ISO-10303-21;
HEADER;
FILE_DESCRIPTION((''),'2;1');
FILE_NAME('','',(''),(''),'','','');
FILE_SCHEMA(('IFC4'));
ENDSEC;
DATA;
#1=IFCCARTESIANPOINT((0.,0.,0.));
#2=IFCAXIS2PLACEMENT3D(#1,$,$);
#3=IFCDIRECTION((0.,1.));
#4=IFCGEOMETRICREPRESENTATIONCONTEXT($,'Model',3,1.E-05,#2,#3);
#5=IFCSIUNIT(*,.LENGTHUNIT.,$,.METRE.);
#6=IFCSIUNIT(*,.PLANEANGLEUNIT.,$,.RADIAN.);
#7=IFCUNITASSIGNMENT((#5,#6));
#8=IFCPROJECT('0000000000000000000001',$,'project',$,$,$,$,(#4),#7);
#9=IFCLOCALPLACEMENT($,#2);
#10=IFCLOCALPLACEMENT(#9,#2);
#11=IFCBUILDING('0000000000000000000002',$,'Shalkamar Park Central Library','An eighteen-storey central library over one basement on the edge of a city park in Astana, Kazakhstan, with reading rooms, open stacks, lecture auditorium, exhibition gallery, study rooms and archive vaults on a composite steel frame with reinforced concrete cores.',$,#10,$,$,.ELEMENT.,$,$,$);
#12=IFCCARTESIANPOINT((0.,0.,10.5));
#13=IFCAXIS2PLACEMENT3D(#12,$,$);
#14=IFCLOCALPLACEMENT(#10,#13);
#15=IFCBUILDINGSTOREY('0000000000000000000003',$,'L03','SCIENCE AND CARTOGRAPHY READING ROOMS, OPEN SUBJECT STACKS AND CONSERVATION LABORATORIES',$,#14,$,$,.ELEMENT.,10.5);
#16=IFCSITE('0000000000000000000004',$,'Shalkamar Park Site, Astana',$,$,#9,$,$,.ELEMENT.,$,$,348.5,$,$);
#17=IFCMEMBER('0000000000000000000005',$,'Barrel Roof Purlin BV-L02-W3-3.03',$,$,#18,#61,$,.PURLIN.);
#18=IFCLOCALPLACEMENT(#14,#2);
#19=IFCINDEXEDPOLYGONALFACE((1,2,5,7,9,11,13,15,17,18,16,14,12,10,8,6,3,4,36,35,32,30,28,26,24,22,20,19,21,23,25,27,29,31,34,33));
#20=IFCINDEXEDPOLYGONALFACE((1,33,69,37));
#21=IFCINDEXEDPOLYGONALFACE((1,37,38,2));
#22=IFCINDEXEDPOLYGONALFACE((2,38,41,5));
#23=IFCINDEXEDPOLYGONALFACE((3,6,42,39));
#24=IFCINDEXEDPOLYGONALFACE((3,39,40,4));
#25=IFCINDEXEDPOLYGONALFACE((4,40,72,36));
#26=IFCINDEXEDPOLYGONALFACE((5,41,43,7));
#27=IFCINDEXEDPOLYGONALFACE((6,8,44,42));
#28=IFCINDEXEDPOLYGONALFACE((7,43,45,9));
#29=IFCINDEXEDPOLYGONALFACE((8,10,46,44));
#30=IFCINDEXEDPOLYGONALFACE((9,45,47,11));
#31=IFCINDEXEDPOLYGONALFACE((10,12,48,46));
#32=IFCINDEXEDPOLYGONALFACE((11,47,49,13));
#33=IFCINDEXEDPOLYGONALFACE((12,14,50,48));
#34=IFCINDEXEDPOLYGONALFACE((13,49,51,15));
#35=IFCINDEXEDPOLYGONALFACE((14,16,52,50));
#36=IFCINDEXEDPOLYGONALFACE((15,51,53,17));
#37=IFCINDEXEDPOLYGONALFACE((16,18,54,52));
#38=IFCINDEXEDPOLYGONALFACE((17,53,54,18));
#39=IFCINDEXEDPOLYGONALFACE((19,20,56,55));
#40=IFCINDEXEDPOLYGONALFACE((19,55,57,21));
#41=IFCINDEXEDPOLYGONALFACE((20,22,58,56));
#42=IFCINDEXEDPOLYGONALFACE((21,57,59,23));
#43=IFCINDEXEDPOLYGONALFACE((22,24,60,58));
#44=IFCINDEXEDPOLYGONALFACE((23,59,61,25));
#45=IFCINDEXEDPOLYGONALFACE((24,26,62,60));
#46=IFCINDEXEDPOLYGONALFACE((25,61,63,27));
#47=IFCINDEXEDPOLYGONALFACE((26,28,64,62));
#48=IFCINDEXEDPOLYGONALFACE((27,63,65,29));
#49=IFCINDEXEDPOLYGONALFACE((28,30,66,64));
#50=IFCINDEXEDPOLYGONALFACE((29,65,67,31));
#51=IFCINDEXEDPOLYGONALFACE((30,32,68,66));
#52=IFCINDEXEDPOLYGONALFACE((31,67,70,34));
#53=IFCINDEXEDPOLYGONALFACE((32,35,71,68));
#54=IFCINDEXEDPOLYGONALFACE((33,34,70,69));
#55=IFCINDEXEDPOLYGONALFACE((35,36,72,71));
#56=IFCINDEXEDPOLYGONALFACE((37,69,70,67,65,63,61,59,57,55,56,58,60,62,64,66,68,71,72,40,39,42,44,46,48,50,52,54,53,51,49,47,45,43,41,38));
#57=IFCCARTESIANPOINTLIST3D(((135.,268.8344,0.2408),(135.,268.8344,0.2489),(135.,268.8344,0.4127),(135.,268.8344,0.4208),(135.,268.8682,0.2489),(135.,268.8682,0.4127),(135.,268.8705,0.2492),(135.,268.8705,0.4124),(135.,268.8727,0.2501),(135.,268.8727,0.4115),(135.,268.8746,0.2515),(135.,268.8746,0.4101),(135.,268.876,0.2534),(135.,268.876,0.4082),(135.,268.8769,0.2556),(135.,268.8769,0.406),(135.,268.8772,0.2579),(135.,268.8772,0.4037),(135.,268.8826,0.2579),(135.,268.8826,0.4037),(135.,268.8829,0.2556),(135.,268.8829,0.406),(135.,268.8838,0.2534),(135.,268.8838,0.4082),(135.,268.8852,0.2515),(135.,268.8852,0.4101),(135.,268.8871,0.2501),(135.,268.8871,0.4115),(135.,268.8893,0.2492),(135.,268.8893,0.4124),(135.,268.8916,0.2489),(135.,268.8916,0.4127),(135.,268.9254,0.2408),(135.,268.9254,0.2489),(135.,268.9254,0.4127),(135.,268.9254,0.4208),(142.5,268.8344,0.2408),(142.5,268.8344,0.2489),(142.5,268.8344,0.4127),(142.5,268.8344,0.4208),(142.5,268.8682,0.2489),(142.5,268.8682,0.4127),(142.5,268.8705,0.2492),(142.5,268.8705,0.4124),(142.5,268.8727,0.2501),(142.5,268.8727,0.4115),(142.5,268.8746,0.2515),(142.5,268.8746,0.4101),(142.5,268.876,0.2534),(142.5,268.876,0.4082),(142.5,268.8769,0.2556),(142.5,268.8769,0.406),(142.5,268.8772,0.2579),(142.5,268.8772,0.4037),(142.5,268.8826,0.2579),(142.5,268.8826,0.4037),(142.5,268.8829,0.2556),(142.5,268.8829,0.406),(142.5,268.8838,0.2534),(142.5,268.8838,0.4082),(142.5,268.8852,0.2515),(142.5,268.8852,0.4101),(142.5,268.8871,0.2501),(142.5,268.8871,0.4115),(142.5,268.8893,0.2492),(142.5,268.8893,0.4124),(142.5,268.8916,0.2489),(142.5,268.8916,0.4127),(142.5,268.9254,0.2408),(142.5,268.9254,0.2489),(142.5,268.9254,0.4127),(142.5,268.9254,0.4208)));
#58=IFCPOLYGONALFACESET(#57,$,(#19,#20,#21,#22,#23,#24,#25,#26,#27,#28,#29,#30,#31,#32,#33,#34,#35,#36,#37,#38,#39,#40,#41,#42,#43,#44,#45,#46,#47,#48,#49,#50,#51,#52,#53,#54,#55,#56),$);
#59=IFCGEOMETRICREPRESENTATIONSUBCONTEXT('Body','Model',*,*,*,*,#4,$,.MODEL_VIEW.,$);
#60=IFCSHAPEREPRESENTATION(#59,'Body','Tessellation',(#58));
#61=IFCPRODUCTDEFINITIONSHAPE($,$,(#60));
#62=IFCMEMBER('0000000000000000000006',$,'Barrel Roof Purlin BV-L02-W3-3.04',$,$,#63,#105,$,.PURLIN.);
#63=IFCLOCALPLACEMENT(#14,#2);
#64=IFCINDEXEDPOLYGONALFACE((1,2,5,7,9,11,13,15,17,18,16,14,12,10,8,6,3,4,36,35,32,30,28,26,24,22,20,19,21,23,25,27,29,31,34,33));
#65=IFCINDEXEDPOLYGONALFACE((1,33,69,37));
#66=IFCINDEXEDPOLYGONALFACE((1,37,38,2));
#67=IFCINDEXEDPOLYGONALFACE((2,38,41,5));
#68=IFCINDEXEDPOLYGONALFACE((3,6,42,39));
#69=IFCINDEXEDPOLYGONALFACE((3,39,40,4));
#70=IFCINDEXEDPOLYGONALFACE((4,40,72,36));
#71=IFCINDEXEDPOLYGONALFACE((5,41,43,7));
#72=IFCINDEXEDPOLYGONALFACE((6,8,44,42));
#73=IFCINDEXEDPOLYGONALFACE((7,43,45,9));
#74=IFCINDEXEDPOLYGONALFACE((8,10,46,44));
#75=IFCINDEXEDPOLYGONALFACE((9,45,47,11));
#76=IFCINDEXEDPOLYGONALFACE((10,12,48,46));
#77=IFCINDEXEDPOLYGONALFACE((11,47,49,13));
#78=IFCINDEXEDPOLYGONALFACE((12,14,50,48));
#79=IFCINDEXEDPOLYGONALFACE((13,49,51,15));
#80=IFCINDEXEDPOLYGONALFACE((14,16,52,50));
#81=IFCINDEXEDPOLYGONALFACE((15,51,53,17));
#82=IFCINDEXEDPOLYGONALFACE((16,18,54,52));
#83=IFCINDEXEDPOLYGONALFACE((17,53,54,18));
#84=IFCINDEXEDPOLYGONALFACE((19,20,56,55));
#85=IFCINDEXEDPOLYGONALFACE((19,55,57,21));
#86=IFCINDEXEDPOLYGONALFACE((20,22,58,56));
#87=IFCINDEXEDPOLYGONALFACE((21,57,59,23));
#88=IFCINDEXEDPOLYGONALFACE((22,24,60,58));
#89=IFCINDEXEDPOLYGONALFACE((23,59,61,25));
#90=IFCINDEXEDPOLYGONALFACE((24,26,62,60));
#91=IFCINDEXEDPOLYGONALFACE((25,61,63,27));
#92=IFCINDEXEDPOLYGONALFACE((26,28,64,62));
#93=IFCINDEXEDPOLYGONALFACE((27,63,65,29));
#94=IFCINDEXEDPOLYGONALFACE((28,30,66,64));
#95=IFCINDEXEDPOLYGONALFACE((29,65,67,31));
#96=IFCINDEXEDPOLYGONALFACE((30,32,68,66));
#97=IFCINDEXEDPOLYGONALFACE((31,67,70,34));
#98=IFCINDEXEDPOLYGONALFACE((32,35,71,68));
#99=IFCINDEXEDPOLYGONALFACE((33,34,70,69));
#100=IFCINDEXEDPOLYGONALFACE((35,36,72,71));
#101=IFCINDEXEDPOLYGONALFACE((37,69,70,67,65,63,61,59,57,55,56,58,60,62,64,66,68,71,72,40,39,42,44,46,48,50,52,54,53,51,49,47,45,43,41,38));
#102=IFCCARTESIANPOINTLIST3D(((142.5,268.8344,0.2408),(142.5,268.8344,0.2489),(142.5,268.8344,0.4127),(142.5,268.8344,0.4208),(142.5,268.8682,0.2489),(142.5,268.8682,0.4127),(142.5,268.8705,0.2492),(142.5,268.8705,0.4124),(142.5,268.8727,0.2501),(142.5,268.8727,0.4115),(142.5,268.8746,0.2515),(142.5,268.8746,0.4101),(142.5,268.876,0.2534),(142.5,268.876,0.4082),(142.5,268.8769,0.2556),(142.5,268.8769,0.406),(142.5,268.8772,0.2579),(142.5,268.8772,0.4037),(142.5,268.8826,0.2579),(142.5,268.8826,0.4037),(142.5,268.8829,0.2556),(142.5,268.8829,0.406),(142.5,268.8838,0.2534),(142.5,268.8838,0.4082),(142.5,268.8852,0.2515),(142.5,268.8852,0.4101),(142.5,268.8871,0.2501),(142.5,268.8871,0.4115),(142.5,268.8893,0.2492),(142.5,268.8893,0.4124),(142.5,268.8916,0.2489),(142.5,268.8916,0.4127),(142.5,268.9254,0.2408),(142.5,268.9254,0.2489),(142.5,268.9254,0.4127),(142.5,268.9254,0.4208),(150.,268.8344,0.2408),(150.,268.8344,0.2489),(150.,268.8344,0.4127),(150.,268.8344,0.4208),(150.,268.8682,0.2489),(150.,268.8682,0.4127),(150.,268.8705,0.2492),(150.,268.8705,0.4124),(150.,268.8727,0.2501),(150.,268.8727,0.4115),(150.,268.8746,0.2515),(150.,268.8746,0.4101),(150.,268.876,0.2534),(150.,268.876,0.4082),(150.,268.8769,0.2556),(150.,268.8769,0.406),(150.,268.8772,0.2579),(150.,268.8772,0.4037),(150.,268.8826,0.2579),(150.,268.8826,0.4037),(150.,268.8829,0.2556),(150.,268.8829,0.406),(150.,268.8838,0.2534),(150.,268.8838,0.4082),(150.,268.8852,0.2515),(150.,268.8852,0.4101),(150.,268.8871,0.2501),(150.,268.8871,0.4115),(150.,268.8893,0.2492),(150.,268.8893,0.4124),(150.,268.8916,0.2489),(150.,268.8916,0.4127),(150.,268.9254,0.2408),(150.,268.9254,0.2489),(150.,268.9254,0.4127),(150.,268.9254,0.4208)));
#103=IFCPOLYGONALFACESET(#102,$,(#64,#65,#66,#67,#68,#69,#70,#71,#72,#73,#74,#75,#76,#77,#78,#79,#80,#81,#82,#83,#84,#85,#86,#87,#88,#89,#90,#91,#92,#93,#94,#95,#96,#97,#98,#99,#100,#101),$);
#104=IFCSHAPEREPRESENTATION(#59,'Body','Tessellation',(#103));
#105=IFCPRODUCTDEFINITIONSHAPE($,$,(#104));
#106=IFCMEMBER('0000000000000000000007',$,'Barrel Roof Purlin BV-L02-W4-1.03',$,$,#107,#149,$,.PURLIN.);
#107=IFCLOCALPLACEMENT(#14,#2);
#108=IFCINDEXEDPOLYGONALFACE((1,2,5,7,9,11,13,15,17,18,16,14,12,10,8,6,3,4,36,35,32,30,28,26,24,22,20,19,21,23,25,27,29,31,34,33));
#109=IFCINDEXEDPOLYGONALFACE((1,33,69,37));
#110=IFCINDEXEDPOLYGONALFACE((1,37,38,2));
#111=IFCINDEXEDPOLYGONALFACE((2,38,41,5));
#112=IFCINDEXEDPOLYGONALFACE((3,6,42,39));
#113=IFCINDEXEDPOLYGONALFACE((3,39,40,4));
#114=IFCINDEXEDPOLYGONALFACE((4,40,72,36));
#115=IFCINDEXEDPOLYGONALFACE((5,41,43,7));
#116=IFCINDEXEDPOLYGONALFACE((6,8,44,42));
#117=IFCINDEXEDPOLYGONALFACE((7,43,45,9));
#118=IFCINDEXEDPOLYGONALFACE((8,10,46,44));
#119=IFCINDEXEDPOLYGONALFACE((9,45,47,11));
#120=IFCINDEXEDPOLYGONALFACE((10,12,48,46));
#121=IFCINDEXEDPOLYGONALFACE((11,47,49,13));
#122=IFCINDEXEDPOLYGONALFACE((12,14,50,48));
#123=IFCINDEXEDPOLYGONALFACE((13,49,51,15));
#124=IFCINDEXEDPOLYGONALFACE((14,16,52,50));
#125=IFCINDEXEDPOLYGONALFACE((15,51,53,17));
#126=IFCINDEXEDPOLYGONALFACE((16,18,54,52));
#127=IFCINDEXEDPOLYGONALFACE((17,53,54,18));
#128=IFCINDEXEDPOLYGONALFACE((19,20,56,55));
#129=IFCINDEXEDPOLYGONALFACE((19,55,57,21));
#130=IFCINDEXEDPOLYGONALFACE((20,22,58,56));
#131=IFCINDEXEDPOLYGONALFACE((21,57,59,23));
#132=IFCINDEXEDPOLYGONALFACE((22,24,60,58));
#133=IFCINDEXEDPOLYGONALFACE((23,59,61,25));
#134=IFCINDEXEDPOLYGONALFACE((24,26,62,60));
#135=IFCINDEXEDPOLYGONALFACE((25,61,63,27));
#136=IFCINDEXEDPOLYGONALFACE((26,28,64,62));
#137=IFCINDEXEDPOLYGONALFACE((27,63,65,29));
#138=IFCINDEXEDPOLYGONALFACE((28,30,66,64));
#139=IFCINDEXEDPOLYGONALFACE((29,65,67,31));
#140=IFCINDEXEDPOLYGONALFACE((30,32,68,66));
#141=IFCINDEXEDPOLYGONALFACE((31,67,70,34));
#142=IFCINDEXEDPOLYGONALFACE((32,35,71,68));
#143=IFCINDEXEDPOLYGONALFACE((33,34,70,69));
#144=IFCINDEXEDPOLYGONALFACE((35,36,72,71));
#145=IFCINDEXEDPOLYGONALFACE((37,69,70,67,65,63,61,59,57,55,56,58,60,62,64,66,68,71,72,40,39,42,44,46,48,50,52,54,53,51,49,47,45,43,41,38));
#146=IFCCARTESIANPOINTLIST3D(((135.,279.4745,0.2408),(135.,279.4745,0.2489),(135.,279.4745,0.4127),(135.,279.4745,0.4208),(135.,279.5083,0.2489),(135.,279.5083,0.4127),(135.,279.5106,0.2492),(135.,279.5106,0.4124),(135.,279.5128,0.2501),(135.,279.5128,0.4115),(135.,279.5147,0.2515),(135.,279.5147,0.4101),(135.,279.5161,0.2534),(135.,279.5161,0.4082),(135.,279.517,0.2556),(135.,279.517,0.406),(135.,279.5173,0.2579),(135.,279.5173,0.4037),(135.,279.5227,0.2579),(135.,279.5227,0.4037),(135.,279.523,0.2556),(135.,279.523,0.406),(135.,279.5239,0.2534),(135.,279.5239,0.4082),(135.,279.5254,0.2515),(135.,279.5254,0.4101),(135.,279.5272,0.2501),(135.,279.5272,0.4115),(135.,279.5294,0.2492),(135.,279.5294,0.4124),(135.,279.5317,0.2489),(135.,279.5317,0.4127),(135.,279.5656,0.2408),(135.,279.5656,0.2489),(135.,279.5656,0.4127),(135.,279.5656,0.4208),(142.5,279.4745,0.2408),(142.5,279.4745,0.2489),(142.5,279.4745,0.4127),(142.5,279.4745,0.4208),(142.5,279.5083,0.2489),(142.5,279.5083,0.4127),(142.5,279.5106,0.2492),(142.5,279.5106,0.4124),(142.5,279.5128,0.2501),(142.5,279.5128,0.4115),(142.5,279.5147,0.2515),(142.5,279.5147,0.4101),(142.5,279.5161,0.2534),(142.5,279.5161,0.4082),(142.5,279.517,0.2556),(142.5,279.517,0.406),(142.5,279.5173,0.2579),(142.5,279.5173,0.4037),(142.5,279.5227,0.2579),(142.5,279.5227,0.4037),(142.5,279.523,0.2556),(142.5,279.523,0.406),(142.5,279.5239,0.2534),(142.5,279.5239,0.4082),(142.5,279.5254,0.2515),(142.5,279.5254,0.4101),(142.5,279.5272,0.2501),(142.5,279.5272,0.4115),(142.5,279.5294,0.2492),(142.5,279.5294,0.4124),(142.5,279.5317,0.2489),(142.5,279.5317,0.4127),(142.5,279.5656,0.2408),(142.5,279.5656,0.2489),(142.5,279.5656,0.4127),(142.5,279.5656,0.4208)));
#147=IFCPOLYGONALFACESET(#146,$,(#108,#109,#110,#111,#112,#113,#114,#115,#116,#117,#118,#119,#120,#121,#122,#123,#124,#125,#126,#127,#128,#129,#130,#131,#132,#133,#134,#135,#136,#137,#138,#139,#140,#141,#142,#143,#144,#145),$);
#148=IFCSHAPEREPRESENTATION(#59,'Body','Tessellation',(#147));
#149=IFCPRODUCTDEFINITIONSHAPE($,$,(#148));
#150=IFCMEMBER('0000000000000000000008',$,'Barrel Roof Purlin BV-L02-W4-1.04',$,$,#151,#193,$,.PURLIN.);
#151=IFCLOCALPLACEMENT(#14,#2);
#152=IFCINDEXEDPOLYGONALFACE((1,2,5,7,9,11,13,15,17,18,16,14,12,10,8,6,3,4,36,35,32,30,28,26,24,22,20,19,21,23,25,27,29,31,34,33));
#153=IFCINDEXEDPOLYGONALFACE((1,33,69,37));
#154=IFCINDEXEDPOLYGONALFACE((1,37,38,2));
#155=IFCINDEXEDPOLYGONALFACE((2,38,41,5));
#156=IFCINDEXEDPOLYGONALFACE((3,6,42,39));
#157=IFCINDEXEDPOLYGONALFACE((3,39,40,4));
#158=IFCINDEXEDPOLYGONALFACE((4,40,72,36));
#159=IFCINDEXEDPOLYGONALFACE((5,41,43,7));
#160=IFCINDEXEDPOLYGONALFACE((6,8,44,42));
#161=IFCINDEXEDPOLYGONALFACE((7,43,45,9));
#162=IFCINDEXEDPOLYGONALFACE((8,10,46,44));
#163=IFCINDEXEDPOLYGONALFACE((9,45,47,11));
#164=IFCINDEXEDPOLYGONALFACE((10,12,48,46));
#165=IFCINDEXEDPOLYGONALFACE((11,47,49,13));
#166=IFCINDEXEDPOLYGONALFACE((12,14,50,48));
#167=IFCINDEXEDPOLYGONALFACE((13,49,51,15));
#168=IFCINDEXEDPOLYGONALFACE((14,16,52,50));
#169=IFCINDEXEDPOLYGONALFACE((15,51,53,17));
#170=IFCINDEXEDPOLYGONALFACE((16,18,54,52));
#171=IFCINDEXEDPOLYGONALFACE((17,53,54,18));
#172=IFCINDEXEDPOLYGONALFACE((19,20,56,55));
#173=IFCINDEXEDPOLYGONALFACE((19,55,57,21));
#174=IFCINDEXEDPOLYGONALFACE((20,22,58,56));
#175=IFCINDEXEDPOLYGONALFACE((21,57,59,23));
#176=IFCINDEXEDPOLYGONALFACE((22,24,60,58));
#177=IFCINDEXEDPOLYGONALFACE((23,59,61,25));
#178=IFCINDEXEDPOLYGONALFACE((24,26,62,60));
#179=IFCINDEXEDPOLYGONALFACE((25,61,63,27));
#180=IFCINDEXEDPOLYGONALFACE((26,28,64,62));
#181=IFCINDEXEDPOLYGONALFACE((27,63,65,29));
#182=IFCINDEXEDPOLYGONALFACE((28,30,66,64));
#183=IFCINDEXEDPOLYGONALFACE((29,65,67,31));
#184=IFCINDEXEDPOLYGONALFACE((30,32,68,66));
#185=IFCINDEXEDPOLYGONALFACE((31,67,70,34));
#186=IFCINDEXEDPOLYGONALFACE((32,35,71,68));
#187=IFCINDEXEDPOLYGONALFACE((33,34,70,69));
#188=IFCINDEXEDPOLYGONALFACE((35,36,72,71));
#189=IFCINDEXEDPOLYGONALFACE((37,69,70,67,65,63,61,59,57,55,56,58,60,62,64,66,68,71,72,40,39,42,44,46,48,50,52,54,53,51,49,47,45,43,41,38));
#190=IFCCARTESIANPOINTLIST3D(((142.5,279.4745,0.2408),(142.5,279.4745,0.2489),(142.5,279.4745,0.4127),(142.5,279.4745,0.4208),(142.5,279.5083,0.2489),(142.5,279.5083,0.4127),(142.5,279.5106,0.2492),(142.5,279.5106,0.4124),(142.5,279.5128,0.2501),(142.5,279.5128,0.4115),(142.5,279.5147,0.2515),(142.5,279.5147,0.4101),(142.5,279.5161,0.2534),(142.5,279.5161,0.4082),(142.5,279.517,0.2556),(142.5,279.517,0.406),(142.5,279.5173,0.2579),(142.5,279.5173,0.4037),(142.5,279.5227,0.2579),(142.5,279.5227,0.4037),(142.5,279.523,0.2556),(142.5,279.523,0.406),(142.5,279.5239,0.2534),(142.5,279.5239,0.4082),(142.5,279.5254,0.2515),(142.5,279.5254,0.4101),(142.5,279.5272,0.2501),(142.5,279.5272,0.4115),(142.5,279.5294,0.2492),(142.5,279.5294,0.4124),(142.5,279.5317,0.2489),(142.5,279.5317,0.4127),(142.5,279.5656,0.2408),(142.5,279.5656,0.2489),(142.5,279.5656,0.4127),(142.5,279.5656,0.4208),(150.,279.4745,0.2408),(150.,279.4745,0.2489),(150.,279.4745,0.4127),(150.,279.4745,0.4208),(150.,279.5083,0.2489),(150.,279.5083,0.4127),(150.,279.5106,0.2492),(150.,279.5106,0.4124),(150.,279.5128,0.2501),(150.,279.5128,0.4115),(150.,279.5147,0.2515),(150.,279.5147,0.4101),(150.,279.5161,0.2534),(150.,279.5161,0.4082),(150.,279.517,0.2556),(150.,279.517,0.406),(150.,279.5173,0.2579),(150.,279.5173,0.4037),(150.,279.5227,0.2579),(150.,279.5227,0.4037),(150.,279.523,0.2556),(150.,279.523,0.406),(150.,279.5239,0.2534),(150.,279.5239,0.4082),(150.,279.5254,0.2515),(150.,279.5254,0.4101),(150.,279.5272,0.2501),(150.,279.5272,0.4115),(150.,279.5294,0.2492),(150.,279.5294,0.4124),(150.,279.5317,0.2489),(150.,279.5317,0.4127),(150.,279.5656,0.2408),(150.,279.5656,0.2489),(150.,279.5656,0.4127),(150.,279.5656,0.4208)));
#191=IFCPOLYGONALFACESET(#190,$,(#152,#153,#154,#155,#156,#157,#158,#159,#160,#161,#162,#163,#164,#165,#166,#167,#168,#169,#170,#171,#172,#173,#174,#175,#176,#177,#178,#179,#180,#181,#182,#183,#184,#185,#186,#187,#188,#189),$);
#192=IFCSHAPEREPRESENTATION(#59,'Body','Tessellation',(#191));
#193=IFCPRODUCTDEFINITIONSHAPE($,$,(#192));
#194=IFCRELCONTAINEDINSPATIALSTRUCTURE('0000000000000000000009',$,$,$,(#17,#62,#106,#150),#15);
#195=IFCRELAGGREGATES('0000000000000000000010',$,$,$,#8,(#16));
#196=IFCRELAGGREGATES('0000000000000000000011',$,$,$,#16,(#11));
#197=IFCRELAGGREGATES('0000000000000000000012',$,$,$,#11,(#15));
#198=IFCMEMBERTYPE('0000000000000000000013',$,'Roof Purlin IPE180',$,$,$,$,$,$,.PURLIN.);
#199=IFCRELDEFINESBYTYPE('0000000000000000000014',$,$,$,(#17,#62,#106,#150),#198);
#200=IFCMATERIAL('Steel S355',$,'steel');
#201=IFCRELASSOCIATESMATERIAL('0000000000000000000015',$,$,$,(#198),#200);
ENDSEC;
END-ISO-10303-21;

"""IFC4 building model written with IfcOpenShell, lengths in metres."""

from ifc_helpers import new_model, si_unit, direction, frame, origin, origin_2d, place, context, subcontext, project, spatial, i_section, extrude, material, material_profile, profile_set, type_object, element, save


model = new_model("IFC4")

# Units and contexts
model_context = context("Model", 3, precision=1e-05, world=origin(), true_north=direction((0.0, 1.0)))
body_context = subcontext(model_context, "Body", "Model", "MODEL_VIEW")
ifc_project = project(units=[si_unit("LENGTHUNIT", "METRE"), si_unit("PLANEANGLEUNIT", "RADIAN")], contexts=[model_context])

# Site, building, storey
site_placement = place(None, origin())
site = spatial("IfcSite", under=ifc_project, at=site_placement, Name="Shalkamar Park Site, Astana", CompositionType="ELEMENT", RefElevation=348.5)
building_placement = place(site_placement, origin())
building = spatial("IfcBuilding", under=site, at=building_placement, Name="Shalkamar Park Central Library", Description="An eighteen-storey central library over one basement on the edge of a city park in Astana, Kazakhstan, with reading rooms, open stacks, lecture auditorium, exhibition gallery, study rooms and archive vaults on a composite steel frame with reinforced concrete cores.", CompositionType="ELEMENT")
storey_placement = place(building_placement, frame((0.0, 0.0, 10.5)))
storey = spatial("IfcBuildingStorey", under=building, at=storey_placement, Name="L03", Description="SCIENCE AND CARTOGRAPHY READING ROOMS, OPEN SUBJECT STACKS AND CONSERVATION LABORATORIES", CompositionType="ELEMENT", Elevation=10.5)

# Members
ifc_material_1 = material(Name="Steel S355", Category="steel")
ifc_material_profile_1 = material_profile(ifc_material_1, i_section(OverallWidth=0.0911, OverallDepth=0.1799, WebThickness=0.0054, FlangeThickness=0.0081, FilletRadius=0.009, at=origin_2d()), Name="IPE 180")
ifc_profile_set_1 = profile_set([ifc_material_profile_1], Name="Steel S355")
member_type_1 = type_object("IfcMemberType", Name="Roof Purlin IPE180", PredefinedType="PURLIN", material=ifc_profile_set_1)
for number, where, z_axis, x_axis, name in (
    (1, (135.0, 268.8799, 0.3308), (1.0, 0.0, 0.0), (0.0, 1.0, 0.0), "Barrel Roof Purlin BV-L02-W3-3.03"),
    (2, (142.5, 268.8799, 0.3308), (1.0, 0.0, 0.0), (0.0, 1.0, 0.0), "Barrel Roof Purlin BV-L02-W3-3.04"),
    (3, (135.0, 279.52, 0.3308), (1.0, 0.0, 0.0), (0.0, 1.0, 0.0), "Barrel Roof Purlin BV-L02-W4-1.03"),
    (4, (142.5, 279.52, 0.3308), (1.0, 0.0, 0.0), (0.0, 1.0, 0.0), "Barrel Roof Purlin BV-L02-W4-1.04"),
):
    element("IfcMember", number, at=place(storey_placement, frame(where, z_axis=z_axis, x_axis=x_axis)), inside=storey, type_object=member_type_1, Name=name, PredefinedType="PURLIN", context=body_context, shape_type="SweptSolid", body=[
        extrude(i_section(OverallWidth=0.0911, OverallDepth=0.1799, WebThickness=0.0054, FlangeThickness=0.0081, FilletRadius=0.009, at=origin_2d()), origin(), (0.0, 0.0, 1.0), 7.5),
    ])

save(model, "model.ifc")
